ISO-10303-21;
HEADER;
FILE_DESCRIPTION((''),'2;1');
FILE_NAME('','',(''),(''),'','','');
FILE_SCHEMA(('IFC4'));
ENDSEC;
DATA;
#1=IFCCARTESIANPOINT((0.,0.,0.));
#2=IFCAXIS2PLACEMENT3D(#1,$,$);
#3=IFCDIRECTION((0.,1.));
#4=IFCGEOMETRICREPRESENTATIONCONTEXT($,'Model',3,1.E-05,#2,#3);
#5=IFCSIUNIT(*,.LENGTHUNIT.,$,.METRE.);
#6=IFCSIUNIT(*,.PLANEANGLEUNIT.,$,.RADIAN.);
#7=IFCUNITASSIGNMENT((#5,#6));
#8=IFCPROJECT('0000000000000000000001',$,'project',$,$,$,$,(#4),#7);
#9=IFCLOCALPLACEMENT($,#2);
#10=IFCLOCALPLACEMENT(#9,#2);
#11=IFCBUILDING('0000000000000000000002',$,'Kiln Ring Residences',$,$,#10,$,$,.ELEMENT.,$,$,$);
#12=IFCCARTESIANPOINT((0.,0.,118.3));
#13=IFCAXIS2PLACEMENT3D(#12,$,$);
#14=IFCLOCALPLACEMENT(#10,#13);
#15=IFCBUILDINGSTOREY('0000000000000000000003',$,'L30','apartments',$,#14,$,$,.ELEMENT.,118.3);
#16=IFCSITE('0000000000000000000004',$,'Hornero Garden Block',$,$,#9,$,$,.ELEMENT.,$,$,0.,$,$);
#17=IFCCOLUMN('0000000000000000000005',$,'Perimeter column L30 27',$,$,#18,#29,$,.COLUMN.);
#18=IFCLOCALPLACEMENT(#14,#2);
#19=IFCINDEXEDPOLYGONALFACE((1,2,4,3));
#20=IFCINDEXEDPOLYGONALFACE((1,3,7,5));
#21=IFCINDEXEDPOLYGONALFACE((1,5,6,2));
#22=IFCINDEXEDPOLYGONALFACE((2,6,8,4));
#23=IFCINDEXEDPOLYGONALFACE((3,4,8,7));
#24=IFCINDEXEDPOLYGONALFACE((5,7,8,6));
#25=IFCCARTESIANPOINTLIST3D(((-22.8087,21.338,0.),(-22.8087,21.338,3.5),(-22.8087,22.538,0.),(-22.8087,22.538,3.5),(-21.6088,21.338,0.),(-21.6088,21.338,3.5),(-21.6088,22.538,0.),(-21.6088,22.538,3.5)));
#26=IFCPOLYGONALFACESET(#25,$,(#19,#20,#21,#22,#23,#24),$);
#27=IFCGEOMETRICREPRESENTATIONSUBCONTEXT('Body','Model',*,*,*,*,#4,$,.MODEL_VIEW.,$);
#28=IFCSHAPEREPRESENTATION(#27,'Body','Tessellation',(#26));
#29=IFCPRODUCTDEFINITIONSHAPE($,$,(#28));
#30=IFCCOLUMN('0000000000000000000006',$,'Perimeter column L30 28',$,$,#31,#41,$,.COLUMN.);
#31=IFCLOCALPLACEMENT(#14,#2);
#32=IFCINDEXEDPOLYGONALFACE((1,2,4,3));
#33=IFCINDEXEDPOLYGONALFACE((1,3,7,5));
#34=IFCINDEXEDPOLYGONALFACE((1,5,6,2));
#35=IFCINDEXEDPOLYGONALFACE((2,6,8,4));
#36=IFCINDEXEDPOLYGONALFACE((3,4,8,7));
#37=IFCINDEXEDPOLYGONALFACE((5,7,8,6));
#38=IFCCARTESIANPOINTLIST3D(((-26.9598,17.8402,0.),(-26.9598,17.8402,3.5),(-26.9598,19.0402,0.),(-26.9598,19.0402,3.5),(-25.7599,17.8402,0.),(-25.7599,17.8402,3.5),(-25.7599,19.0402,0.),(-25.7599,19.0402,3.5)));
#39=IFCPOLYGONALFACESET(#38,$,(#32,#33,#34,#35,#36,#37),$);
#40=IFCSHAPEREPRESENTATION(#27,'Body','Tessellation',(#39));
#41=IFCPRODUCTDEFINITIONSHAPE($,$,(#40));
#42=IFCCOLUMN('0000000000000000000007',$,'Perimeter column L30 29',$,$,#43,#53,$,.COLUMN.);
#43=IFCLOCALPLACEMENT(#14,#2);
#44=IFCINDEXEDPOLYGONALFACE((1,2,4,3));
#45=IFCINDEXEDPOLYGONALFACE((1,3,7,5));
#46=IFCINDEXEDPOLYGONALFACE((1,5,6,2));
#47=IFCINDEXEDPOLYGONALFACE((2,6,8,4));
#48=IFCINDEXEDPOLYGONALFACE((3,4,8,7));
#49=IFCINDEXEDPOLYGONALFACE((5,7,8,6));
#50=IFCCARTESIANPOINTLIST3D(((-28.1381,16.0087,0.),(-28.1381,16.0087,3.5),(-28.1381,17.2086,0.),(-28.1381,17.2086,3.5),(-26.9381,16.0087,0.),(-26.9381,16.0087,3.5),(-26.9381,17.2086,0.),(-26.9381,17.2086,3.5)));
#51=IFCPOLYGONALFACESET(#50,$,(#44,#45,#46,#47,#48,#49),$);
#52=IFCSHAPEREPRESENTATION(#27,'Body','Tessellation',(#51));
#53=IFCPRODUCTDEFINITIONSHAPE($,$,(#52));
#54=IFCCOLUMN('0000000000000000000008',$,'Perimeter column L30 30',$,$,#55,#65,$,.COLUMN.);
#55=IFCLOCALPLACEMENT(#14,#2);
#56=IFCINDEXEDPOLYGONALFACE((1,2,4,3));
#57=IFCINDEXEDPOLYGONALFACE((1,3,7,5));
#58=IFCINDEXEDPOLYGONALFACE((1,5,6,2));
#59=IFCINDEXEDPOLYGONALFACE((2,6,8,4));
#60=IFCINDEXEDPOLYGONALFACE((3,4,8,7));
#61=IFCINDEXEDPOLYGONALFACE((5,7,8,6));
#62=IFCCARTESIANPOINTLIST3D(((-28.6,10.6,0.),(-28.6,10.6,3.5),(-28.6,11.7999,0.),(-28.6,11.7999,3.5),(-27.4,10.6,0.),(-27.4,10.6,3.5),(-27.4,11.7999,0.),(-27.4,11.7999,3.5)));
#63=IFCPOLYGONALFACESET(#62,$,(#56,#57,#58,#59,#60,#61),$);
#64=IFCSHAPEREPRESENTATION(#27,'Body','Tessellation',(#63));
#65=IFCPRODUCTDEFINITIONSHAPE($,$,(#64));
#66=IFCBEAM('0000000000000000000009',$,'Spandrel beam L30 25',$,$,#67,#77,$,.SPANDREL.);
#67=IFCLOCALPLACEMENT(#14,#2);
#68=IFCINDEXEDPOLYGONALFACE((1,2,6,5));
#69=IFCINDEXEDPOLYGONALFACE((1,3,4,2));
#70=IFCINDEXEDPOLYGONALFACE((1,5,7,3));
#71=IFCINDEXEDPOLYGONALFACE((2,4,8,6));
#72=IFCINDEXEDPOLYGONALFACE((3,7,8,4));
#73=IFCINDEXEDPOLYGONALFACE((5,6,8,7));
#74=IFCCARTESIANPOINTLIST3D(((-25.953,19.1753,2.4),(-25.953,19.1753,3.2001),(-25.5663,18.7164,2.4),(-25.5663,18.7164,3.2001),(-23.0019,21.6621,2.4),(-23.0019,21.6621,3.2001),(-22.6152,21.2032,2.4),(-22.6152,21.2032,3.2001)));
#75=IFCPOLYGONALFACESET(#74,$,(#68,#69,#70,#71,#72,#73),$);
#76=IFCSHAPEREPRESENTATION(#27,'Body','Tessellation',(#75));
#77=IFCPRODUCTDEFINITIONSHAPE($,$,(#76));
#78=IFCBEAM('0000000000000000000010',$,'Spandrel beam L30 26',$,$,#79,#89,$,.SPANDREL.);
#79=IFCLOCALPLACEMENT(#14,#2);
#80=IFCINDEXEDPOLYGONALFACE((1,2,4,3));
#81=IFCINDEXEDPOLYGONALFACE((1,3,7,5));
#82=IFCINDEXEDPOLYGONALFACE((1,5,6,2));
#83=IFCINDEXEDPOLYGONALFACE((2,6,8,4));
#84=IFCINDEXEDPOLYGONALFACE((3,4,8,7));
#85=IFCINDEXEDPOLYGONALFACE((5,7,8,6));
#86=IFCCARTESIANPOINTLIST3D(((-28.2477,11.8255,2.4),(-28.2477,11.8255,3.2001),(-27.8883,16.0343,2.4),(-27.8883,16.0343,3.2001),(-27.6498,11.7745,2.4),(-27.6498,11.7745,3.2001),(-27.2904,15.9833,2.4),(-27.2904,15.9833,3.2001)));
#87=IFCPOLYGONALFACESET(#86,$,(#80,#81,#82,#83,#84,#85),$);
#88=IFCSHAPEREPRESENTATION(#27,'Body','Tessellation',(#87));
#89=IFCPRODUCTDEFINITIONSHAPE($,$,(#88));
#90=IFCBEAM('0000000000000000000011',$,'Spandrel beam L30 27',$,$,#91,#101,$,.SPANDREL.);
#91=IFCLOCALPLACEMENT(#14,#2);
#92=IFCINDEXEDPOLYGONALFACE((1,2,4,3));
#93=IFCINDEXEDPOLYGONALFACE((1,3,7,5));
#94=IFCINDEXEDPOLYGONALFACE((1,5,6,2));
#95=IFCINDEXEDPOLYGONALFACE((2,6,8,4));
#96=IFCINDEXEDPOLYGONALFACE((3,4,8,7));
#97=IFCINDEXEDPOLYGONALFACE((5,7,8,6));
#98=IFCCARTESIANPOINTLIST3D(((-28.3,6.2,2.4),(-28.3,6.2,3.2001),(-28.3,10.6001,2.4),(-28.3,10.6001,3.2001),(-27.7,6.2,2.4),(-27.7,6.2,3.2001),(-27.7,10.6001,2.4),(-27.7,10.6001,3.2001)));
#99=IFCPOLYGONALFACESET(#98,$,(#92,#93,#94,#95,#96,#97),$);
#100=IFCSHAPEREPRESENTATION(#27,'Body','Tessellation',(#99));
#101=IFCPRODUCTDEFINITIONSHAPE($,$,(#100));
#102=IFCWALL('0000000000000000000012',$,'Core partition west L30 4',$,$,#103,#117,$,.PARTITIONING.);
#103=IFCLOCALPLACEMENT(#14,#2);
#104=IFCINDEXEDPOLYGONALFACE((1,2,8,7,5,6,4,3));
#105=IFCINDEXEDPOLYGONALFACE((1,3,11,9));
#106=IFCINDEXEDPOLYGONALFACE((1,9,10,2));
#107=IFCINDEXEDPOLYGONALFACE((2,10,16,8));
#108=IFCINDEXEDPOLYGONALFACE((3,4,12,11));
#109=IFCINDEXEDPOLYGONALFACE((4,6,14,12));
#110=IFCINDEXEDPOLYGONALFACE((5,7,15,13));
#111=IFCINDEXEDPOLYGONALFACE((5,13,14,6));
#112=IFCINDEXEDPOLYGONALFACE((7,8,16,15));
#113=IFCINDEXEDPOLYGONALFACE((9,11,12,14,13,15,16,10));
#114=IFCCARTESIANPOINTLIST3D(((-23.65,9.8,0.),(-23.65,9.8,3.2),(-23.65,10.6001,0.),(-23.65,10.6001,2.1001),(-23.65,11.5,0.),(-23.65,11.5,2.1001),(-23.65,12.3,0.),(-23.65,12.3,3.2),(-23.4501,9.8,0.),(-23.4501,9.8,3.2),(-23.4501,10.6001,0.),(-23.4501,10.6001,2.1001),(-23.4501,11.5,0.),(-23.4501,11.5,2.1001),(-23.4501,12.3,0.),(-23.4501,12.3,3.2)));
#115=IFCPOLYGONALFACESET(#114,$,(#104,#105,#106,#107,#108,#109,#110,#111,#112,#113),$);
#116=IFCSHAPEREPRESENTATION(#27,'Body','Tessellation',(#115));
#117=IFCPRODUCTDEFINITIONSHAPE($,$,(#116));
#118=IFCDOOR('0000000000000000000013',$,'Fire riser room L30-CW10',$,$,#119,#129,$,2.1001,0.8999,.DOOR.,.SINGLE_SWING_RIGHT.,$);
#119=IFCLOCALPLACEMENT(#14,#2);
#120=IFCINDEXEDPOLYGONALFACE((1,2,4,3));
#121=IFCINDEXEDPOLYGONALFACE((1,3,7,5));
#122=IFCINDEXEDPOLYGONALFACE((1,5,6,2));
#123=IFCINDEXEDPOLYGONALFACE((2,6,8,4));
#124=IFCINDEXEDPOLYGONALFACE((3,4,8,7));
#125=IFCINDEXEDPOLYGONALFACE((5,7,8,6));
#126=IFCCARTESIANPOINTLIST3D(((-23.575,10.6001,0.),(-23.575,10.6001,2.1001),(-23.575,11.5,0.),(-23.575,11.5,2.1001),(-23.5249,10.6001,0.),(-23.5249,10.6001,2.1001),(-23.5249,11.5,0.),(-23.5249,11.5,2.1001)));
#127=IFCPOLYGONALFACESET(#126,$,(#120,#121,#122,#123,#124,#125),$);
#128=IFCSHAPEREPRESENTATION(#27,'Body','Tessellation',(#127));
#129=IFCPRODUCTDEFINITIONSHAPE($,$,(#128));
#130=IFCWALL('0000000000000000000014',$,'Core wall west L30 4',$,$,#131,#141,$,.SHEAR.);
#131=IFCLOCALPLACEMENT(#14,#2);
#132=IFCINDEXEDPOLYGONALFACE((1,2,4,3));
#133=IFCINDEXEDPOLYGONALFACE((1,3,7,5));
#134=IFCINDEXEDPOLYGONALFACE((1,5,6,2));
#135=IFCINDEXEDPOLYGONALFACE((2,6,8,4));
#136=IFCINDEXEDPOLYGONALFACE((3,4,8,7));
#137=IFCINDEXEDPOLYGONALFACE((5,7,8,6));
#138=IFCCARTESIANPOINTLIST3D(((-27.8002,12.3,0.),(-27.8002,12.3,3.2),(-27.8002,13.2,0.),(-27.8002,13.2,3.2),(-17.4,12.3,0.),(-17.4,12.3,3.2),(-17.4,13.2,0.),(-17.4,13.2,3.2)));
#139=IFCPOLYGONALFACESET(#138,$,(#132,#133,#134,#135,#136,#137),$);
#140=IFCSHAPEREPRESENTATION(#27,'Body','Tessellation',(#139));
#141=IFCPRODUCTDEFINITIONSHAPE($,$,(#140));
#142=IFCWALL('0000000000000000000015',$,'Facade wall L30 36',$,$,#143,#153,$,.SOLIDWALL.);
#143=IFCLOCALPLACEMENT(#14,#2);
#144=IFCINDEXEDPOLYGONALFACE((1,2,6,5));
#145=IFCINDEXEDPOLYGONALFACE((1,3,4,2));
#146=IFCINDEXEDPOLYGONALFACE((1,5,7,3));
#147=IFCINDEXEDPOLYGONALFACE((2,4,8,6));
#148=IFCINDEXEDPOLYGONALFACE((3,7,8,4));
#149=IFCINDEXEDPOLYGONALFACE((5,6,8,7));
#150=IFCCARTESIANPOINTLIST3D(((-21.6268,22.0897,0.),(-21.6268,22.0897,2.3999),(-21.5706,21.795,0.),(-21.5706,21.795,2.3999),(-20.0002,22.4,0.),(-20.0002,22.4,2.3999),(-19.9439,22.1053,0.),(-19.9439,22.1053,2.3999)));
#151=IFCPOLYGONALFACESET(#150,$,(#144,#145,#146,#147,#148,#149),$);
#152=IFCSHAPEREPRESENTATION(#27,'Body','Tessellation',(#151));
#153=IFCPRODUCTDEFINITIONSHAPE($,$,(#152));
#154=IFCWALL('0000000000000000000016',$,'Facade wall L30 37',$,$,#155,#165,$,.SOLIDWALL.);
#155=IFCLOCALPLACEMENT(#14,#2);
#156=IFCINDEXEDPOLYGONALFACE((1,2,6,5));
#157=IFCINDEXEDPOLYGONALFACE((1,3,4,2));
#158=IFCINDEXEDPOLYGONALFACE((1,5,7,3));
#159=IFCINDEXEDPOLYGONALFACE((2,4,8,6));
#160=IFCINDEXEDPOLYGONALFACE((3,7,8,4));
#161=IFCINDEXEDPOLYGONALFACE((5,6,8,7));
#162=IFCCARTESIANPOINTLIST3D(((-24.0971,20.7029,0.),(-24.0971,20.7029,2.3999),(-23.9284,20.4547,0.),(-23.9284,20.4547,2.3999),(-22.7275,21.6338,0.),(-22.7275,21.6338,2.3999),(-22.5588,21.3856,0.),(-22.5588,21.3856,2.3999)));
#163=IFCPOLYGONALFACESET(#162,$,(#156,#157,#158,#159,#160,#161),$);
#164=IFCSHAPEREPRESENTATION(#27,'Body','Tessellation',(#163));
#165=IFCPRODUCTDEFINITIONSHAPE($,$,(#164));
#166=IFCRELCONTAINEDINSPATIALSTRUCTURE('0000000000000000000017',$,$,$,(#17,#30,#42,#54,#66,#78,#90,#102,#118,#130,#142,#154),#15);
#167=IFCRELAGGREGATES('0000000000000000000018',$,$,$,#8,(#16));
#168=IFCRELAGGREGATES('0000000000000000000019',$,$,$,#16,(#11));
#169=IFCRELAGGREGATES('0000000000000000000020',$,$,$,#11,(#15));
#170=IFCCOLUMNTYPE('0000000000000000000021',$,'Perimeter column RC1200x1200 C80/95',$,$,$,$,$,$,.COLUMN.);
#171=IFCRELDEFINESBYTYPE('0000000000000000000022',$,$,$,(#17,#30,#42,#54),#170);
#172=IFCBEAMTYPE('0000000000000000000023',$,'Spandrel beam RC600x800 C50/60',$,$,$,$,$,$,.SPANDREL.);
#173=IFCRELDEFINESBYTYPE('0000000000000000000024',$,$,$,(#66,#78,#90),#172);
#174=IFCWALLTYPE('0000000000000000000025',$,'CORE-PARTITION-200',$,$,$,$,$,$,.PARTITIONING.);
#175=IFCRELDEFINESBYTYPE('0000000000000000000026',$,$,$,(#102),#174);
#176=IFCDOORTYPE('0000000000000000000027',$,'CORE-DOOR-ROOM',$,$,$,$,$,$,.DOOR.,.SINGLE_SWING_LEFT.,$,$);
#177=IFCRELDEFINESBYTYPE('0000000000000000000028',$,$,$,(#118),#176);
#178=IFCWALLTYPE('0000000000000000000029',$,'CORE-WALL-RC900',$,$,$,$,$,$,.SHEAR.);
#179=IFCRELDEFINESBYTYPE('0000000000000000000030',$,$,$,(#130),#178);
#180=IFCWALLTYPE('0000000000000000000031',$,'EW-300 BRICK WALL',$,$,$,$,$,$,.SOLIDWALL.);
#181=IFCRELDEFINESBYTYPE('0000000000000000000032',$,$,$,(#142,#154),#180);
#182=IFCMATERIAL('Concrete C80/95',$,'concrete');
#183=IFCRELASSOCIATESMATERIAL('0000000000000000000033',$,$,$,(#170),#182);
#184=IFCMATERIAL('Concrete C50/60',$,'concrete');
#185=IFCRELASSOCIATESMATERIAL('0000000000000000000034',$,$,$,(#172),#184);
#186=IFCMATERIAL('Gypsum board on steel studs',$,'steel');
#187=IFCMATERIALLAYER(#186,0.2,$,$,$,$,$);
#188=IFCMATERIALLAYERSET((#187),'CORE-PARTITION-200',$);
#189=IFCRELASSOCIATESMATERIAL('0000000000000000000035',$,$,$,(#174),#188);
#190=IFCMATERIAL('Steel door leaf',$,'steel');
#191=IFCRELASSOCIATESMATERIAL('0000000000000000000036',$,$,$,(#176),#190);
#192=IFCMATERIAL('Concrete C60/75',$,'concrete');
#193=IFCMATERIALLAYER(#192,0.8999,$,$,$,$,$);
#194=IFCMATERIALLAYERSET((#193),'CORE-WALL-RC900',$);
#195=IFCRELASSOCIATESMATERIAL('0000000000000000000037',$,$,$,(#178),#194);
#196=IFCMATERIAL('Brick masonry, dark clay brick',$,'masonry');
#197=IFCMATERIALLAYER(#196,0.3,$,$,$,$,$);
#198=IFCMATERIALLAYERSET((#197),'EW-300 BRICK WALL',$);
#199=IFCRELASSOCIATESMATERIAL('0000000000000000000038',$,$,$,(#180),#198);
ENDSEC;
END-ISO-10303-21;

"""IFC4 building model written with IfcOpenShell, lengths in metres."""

from ifc_helpers import new_model, si_unit, direction, frame, frame_2d, origin, origin_2d, place, context, subcontext, project, spatial, rectangle, extrude, material, layer, layer_set, material_profile, profile_set, type_object, element, fill, save


model = new_model("IFC4")

# Units and contexts
model_context = context("Model", 3, precision=1e-05, world=origin(), true_north=direction((0.0, 1.0)))
body_context = subcontext(model_context, "Body", "Model", "MODEL_VIEW")
ifc_project = project(units=[si_unit("LENGTHUNIT", "METRE"), si_unit("PLANEANGLEUNIT", "RADIAN")], contexts=[model_context])

# Site, building, storey
site_placement = place(None, origin())
site = spatial("IfcSite", under=ifc_project, at=site_placement, Name="Hornero Garden Block", CompositionType="ELEMENT", RefElevation=0.0)
building_placement = place(site_placement, origin())
building = spatial("IfcBuilding", under=site, at=building_placement, Name="Kiln Ring Residences", CompositionType="ELEMENT")
storey_placement = place(building_placement, frame((0.0, 0.0, 118.3)))
storey = spatial("IfcBuildingStorey", under=building, at=storey_placement, Name="L30", Description="apartments", CompositionType="ELEMENT", Elevation=118.3)

# Columns
ifc_material_1 = material(Name="Concrete C80/95", Category="concrete")
ifc_material_profile_1 = material_profile(ifc_material_1, rectangle(XDim=1.2, YDim=1.2, at=origin_2d()), Name="RC1200x1200")
ifc_profile_set_1 = profile_set([ifc_material_profile_1], Name="Concrete C80/95")
column_type = type_object("IfcColumnType", Name="Perimeter column RC1200x1200 C80/95", PredefinedType="COLUMN", material=ifc_profile_set_1)
for number, where, z_axis, x_axis, name in (
    (1, (-22.2087, 21.938, 0.0), (0.0, 0.0, 1.0), (1.0, 0.0, 0.0), "Perimeter column L30 27"),
    (2, (-26.3599, 18.4402, 0.0), (0.0, 0.0, 1.0), (1.0, 0.0, 0.0), "Perimeter column L30 28"),
    (3, (-27.5381, 16.6086, 0.0), (0.0, 0.0, 1.0), (1.0, 0.0, 0.0), "Perimeter column L30 29"),
    (4, (-28.0, 11.2, 0.0), (0.0, 0.0, 1.0), (1.0, 0.0, 0.0), "Perimeter column L30 30"),
):
    element("IfcColumn", number, at=place(storey_placement, frame(where, z_axis=z_axis, x_axis=x_axis)), inside=storey, type_object=column_type, Name=name, PredefinedType="COLUMN", context=body_context, shape_type="SweptSolid", body=[
        extrude(rectangle(XDim=1.2, YDim=1.2, at=origin_2d()), origin(), (0.0, 0.0, 1.0), 3.5),
    ])

# Beams
ifc_material_2 = material(Name="Concrete C50/60", Category="concrete")
ifc_material_profile_2 = material_profile(ifc_material_2, rectangle(XDim=0.6001, YDim=0.8, at=origin_2d()), Name="RC600x800")
ifc_profile_set_2 = profile_set([ifc_material_profile_2], Name="Concrete C50/60")
beam_type = type_object("IfcBeamType", Name="Spandrel beam RC600x800 C50/60", PredefinedType="SPANDREL", material=ifc_profile_set_2)
beam_1_placement = place(storey_placement, frame((-22.8086, 21.4326, 2.8), z_axis=(-0.764704, -0.644381, 0.0), x_axis=(0.644381, -0.764704, 0.0)))
element("IfcBeam", 5, at=beam_1_placement, inside=storey, type_object=beam_type, Name="Spandrel beam L30 25", PredefinedType="SPANDREL", context=body_context, shape_type="SweptSolid", body=[
    extrude(rectangle(XDim=0.6001, YDim=0.8, at=origin_2d()), origin(), (0.0, 0.0, 1.0), 3.8591),
])
beam_2_placement = place(storey_placement, frame((-27.5894, 16.0088, 2.8), z_axis=(-0.085078, -0.996374, 0.0), x_axis=(0.996374, -0.085078, 0.0)))
element("IfcBeam", 6, at=beam_2_placement, inside=storey, type_object=beam_type, Name="Spandrel beam L30 26", PredefinedType="SPANDREL", context=body_context, shape_type="SweptSolid", body=[
    extrude(rectangle(XDim=0.6001, YDim=0.8, at=origin_2d()), origin(), (0.0, 0.0, 1.0), 4.2241),
])
beam_3_placement = place(storey_placement, frame((-28.0, 10.6001, 2.8), z_axis=(0.0, -1.0, 0.0), x_axis=(1.0, 0.0, 0.0)))
element("IfcBeam", 7, at=beam_3_placement, inside=storey, type_object=beam_type, Name="Spandrel beam L30 27", PredefinedType="SPANDREL", context=body_context, shape_type="SweptSolid", body=[
    extrude(rectangle(XDim=0.6001, YDim=0.8, at=origin_2d()), origin(), (0.0, 0.0, 1.0), 4.4001),
])

# Wall, opening, door
ifc_material_3 = material(Name="Gypsum board on steel studs", Category="steel")
ifc_layer_1 = layer(ifc_material_3, 0.2)
ifc_layer_set_1 = layer_set([ifc_layer_1], Name="CORE-PARTITION-200")
wall_type_1 = type_object("IfcWallType", Name="CORE-PARTITION-200", PredefinedType="PARTITIONING", material=ifc_layer_set_1)
wall_1_placement = place(storey_placement, frame((-23.55, 9.8, 0.0), z_axis=(0.0, 0.0, 1.0), x_axis=(0.0, 1.0, 0.0)))
wall_1 = element("IfcWall", 8, at=wall_1_placement, inside=storey, type_object=wall_type_1, Name="Core partition west L30 4", PredefinedType="PARTITIONING", context=body_context, shape_type="SweptSolid", body=[
    extrude(rectangle(XDim=2.5, YDim=0.2, at=frame_2d((1.25, 0.0))), origin(), (0.0, 0.0, 1.0), 3.2),
])
opening_1_placement = place(wall_1_placement, frame((0.8, 0.0, 0.0)))
opening_1 = element("IfcOpeningElement", 9, at=opening_1_placement, cuts=wall_1, PredefinedType="OPENING", context=body_context, shape_type="SweptSolid", body=[
    extrude(rectangle(XDim=0.8999, YDim=2.1001, at=frame_2d((0.45, 1.05))), frame((0.0, 0.1099, 0.0), z_axis=(0.0, -1.0, 0.0), x_axis=(1.0, 0.0, 0.0)), (0.0, 0.0, 1.0), 0.22),
])
ifc_material_4 = material(Name="Steel door leaf", Category="steel")
door_type_1 = type_object("IfcDoorType", Name="CORE-DOOR-ROOM", OperationType="SINGLE_SWING_LEFT", PredefinedType="DOOR", material=ifc_material_4)
door_1_placement = place(opening_1_placement, origin())
door_1 = element("IfcDoor", 10, at=door_1_placement, inside=storey, type_object=door_type_1, Name="Fire riser room L30-CW10", OperationType="SINGLE_SWING_RIGHT", OverallHeight=2.1001, OverallWidth=0.8999, PredefinedType="DOOR", context=body_context, shape_type="SweptSolid", body=[
    extrude(rectangle(XDim=0.8999, YDim=2.1001, at=frame_2d((0.45, 1.05))), frame((0.0, 0.0249, 0.0), z_axis=(0.0, -1.0, 0.0), x_axis=(1.0, 0.0, 0.0)), (0.0, 0.0, 1.0), 0.05),
])
fill(opening_1, door_1)

# Walls
ifc_material_5 = material(Name="Concrete C60/75", Category="concrete")
ifc_layer_2 = layer(ifc_material_5, 0.8999)
ifc_layer_set_2 = layer_set([ifc_layer_2], Name="CORE-WALL-RC900")
wall_type_2 = type_object("IfcWallType", Name="CORE-WALL-RC900", PredefinedType="SHEAR", material=ifc_layer_set_2)
wall_2_placement = place(storey_placement, frame((-17.3999, 12.75, 0.0), z_axis=(0.0, 0.0, 1.0), x_axis=(-1.0, 0.0, 0.0)))
element("IfcWall", 11, at=wall_2_placement, inside=storey, type_object=wall_type_2, Name="Core wall west L30 4", PredefinedType="SHEAR", context=body_context, shape_type="SweptSolid", body=[
    extrude(rectangle(XDim=10.4001, YDim=0.8999, at=frame_2d((5.2002, 0.0))), origin(), (0.0, 0.0, 1.0), 3.2),
])
ifc_material_6 = material(Name="Brick masonry, dark clay brick", Category="masonry")
ifc_layer_3 = layer(ifc_material_6, 0.3)
ifc_layer_set_3 = layer_set([ifc_layer_3], Name="EW-300 BRICK WALL")
wall_type_3 = type_object("IfcWallType", Name="EW-300 BRICK WALL", PredefinedType="SOLIDWALL", material=ifc_layer_set_3)
for number, where, z_axis, x_axis, name in (
    (12, (-19.9719, 22.2527, 0.0), (0.0, 0.0, 1.0), (-0.982288, -0.187376, 0.0), "Facade wall L30 36"),
    (13, (-22.6431, 21.5098, 0.0), (0.0, 0.0, 1.0), (-0.82705, -0.562129, 0.0), "Facade wall L30 37"),
):
    element("IfcWall", number, at=place(storey_placement, frame(where, z_axis=z_axis, x_axis=x_axis)), inside=storey, type_object=wall_type_3, Name=name, PredefinedType="SOLIDWALL", context=body_context, shape_type="SweptSolid", body=[
        extrude(rectangle(XDim=1.656, YDim=0.3, at=frame_2d((0.8281, 0.0))), origin(), (0.0, 0.0, 1.0), 2.3999),
    ])

save(model, "model.ifc")
